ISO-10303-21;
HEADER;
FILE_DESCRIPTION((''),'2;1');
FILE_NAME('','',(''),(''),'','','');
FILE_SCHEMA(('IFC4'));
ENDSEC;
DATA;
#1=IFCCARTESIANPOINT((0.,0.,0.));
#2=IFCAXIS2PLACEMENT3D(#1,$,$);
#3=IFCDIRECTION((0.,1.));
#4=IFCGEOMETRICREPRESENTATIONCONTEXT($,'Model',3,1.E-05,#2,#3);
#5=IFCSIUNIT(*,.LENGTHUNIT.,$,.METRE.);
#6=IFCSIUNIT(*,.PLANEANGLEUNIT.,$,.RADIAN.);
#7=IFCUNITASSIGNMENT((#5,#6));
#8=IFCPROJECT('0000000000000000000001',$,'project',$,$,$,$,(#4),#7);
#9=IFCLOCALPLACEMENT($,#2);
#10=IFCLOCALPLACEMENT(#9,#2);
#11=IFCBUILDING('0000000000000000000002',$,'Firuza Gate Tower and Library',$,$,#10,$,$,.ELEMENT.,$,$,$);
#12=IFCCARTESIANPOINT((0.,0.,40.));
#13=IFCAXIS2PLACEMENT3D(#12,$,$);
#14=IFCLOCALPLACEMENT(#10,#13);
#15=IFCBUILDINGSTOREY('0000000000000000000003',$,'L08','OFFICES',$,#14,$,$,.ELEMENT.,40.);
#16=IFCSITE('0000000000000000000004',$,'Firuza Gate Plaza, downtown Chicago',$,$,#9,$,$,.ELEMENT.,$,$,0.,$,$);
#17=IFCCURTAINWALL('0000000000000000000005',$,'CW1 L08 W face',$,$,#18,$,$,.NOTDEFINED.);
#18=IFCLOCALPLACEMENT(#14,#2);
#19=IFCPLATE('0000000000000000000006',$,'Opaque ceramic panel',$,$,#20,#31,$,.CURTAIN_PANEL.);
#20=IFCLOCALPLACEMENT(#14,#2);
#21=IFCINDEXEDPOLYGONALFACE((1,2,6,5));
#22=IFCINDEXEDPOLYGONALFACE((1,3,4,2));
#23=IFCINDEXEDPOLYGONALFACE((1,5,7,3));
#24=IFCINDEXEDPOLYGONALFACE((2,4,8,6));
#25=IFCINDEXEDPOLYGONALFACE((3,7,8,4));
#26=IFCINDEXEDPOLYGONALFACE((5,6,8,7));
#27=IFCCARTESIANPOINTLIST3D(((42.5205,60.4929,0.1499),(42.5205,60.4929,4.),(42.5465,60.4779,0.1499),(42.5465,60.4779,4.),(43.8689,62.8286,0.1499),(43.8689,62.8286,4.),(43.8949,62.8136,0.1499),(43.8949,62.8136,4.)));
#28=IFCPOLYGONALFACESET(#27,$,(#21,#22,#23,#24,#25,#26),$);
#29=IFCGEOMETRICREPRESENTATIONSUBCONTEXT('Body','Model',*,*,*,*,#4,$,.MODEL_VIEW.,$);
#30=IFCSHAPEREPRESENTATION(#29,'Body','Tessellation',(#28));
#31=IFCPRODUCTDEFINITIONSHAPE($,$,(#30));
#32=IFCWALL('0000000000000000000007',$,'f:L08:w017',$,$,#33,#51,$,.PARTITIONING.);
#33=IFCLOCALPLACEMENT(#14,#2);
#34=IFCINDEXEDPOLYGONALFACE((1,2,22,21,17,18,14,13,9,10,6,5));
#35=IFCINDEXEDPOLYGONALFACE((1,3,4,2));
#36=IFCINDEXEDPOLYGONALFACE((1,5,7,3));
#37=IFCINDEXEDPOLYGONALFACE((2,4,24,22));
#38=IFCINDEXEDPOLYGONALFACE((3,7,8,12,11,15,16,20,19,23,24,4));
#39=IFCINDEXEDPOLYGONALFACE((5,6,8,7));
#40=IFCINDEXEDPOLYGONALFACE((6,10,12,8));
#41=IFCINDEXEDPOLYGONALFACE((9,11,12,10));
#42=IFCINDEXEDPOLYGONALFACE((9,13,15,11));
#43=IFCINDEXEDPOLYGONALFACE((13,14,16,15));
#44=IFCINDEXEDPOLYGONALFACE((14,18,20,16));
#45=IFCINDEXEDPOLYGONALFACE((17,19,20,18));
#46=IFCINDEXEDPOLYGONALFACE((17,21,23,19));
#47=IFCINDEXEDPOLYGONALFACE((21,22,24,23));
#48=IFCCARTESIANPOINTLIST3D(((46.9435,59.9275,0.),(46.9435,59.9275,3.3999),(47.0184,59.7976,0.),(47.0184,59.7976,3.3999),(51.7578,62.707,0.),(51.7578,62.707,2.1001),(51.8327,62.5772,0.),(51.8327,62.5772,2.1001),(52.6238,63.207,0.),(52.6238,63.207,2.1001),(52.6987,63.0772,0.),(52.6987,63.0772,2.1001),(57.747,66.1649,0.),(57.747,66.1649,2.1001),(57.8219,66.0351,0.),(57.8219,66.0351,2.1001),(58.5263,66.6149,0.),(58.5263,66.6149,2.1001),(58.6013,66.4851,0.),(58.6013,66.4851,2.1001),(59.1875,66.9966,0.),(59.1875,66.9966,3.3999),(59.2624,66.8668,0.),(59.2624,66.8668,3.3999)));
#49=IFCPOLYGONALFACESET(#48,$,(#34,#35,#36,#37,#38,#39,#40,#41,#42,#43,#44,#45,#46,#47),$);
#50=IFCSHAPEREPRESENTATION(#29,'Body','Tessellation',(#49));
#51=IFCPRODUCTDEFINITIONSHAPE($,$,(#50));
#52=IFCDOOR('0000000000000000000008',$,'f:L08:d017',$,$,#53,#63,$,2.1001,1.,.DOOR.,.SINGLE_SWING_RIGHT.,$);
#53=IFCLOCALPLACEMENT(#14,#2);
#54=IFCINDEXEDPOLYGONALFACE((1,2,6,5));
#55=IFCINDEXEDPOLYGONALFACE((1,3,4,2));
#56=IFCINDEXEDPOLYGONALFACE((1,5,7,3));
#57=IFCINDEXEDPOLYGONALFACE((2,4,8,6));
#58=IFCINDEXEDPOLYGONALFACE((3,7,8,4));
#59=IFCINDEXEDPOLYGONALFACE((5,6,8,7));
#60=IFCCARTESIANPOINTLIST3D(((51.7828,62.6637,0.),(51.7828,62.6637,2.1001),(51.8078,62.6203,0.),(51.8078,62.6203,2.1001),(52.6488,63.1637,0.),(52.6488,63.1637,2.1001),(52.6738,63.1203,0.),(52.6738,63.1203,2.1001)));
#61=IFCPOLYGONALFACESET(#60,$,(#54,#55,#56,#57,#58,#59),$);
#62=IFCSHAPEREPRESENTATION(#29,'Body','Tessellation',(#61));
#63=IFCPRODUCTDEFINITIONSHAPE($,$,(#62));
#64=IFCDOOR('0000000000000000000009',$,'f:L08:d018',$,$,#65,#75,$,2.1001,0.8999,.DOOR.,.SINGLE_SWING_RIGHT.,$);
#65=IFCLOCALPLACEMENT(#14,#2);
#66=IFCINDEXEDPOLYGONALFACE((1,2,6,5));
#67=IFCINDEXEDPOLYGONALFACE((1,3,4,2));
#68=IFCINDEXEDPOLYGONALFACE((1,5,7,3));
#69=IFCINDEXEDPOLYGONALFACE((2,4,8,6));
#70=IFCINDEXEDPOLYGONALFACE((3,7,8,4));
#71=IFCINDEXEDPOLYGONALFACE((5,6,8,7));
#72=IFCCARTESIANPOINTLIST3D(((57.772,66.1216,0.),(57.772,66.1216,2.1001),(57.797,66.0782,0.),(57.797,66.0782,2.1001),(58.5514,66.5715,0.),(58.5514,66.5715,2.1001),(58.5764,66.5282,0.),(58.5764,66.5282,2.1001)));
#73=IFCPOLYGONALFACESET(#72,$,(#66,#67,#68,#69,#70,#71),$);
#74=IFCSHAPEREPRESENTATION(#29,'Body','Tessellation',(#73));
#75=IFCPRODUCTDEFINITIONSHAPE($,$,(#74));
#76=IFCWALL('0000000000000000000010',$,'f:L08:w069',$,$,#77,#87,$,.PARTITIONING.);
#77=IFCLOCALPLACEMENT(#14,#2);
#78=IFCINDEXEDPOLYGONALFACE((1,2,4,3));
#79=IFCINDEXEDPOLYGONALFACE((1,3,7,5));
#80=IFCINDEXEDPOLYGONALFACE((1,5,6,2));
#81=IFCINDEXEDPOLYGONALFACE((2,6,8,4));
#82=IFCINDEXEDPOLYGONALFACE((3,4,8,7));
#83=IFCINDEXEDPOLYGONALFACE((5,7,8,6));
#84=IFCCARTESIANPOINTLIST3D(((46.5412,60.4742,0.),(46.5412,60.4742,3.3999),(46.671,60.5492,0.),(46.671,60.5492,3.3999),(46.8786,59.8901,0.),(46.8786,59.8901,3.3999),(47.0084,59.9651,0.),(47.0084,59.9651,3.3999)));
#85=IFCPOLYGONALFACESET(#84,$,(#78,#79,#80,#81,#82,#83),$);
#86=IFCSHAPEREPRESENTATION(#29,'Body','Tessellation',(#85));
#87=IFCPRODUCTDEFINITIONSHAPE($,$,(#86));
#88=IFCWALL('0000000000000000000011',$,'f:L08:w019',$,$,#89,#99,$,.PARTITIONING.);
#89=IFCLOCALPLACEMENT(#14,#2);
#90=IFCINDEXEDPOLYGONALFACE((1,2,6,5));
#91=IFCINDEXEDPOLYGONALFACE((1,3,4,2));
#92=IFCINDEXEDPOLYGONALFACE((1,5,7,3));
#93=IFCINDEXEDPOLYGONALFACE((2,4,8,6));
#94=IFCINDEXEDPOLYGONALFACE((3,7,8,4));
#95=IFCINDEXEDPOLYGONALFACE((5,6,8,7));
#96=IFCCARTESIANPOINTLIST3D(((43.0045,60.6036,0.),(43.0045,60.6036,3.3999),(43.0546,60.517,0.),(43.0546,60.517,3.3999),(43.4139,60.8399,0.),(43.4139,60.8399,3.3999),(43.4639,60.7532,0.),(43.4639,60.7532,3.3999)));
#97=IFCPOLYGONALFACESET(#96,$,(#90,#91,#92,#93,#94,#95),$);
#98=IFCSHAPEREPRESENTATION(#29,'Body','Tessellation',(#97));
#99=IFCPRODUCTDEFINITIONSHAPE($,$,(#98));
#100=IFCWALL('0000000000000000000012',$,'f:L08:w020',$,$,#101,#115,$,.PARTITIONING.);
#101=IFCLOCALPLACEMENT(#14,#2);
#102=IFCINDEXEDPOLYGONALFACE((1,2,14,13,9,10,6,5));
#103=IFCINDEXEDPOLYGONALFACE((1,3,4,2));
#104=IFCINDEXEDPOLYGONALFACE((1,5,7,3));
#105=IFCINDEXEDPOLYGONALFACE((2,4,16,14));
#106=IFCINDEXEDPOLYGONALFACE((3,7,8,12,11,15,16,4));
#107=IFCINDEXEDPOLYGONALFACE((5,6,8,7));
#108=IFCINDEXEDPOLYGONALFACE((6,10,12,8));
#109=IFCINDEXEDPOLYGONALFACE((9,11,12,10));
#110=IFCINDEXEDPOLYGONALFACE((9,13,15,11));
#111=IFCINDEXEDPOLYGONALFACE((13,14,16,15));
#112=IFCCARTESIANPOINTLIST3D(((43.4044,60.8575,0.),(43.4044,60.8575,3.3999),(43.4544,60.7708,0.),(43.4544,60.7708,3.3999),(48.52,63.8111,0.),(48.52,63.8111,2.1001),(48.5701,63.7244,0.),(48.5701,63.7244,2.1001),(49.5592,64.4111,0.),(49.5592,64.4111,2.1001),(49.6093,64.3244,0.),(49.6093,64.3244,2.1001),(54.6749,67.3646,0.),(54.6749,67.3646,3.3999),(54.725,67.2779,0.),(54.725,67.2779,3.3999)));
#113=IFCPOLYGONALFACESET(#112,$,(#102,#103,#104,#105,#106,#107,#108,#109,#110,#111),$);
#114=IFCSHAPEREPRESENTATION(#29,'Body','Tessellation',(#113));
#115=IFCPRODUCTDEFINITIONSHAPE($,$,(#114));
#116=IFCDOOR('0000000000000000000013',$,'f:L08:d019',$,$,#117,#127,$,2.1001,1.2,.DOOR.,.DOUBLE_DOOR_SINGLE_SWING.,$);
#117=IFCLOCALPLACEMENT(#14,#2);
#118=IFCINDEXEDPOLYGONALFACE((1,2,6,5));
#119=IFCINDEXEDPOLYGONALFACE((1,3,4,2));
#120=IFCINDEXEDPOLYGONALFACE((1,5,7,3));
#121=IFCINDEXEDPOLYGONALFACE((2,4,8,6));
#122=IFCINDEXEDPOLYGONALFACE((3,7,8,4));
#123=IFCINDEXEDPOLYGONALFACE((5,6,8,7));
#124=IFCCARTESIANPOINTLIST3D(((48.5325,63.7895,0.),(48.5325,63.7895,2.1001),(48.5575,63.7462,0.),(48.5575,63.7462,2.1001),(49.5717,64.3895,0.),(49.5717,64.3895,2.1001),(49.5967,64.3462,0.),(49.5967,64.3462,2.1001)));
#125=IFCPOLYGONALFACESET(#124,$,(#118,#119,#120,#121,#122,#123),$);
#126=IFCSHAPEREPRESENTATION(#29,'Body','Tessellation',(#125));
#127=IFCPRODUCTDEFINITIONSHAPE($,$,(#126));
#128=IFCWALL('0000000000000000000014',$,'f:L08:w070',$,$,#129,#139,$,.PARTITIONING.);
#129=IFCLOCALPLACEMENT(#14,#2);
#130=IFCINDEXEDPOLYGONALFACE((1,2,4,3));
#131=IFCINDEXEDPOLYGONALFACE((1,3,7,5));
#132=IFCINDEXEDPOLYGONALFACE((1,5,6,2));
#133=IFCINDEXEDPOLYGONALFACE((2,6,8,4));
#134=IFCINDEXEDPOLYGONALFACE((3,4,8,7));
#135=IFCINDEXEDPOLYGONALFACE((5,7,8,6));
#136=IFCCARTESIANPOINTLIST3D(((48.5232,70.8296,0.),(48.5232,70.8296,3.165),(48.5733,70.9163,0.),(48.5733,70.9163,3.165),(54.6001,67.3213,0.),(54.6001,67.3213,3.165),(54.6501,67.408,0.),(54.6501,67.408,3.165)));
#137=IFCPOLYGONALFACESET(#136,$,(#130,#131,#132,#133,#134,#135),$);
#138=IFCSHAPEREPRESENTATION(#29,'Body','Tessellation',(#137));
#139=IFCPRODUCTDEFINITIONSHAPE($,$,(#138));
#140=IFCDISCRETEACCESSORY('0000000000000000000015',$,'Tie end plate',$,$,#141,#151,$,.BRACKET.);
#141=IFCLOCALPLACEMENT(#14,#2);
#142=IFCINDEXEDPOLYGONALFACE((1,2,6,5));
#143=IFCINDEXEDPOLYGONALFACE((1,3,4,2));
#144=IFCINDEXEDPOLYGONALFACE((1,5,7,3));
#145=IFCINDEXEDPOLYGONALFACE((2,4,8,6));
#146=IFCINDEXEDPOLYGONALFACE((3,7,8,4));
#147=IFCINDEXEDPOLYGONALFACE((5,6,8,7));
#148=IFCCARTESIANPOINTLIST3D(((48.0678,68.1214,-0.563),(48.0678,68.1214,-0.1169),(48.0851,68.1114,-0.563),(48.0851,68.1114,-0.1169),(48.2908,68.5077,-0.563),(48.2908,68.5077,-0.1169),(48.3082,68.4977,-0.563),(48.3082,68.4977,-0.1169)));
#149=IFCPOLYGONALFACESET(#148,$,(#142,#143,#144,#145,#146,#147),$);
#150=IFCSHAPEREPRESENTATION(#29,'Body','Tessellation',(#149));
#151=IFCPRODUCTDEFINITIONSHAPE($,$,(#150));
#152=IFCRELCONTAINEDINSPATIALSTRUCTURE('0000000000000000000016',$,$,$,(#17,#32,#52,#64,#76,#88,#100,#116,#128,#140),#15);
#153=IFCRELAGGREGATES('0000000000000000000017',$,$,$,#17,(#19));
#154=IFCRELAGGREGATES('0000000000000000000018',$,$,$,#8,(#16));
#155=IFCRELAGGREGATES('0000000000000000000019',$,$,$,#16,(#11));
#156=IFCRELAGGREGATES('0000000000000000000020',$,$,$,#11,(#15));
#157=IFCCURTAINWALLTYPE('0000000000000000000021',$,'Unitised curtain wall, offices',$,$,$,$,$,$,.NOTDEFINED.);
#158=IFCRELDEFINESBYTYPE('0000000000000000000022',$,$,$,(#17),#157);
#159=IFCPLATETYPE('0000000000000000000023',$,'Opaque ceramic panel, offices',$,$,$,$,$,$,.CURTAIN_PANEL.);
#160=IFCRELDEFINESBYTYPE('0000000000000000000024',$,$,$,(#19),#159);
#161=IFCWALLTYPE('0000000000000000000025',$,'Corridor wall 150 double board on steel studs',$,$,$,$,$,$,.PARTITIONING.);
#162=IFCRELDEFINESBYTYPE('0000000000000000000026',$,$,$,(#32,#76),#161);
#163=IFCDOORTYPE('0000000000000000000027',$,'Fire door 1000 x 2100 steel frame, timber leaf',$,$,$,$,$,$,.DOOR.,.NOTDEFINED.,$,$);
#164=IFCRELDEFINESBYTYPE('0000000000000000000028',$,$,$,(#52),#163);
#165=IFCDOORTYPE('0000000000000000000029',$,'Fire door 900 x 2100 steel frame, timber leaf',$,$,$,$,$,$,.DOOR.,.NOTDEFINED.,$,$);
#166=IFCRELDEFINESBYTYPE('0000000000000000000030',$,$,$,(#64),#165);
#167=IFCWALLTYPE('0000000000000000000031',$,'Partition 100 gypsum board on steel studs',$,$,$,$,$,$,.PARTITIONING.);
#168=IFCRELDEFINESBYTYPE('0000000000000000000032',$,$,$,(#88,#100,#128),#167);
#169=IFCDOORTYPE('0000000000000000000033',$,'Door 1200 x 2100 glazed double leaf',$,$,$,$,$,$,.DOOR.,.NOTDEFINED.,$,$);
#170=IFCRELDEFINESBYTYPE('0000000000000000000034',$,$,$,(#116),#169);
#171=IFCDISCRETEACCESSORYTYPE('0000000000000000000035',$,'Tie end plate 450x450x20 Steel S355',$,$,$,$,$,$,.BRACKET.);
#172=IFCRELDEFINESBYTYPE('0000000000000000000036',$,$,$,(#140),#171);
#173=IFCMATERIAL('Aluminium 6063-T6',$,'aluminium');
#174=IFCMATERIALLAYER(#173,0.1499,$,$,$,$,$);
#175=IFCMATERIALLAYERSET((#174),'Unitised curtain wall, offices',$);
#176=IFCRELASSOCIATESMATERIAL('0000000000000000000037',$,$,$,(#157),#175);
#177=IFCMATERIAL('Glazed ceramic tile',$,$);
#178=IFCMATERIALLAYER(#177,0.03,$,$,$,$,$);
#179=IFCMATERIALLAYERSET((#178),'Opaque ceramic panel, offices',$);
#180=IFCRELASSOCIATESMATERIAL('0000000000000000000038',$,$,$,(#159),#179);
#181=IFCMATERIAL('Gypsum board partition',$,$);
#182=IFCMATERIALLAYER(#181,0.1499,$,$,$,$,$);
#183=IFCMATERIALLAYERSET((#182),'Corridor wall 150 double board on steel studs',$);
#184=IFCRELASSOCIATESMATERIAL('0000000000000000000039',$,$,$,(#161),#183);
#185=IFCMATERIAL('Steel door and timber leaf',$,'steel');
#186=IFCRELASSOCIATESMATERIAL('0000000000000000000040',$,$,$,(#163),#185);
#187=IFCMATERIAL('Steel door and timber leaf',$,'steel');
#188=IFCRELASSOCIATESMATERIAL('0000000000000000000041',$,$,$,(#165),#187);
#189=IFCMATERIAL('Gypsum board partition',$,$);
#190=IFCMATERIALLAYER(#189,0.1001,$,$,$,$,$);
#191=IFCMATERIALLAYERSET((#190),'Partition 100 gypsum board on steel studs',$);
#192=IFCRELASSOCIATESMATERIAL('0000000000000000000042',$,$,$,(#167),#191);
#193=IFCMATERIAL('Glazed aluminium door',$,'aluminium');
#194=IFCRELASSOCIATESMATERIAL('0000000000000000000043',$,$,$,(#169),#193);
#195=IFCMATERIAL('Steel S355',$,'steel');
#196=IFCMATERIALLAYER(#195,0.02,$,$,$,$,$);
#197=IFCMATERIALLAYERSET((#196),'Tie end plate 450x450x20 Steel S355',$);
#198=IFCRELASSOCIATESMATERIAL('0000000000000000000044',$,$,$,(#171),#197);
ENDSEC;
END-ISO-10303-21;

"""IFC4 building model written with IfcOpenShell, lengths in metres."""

from ifc_helpers import new_model, si_unit, direction, frame, frame_2d, origin, origin_2d, place, context, subcontext, project, spatial, polyline, rectangle, outline, extrude, material, layer, layer_set, type_object, element, fill, aggregate, save


model = new_model("IFC4")

# Units and contexts
model_context = context("Model", 3, precision=1e-05, world=origin(), true_north=direction((0.0, 1.0)))
body_context = subcontext(model_context, "Body", "Model", "MODEL_VIEW")
ifc_project = project(units=[si_unit("LENGTHUNIT", "METRE"), si_unit("PLANEANGLEUNIT", "RADIAN")], contexts=[model_context])

# Site, building, storey
site_placement = place(None, origin())
site = spatial("IfcSite", under=ifc_project, at=site_placement, Name="Firuza Gate Plaza, downtown Chicago", CompositionType="ELEMENT", RefElevation=0.0)
building_placement = place(site_placement, origin())
building = spatial("IfcBuilding", under=site, at=building_placement, Name="Firuza Gate Tower and Library", CompositionType="ELEMENT")
storey_placement = place(building_placement, frame((0.0, 0.0, 40.0)))
storey = spatial("IfcBuildingStorey", under=building, at=storey_placement, Name="L08", Description="OFFICES", CompositionType="ELEMENT", Elevation=40.0)

# Curtain wall
ifc_material_1 = material(Name="Aluminium 6063-T6", Category="aluminium")
ifc_layer_1 = layer(ifc_material_1, 0.1499)
ifc_layer_set_1 = layer_set([ifc_layer_1], Name="Unitised curtain wall, offices")
curtain_wall_type_1 = type_object("IfcCurtainWallType", Name="Unitised curtain wall, offices", PredefinedType="NOTDEFINED", material=ifc_layer_set_1)
placement = place(storey_placement, origin())
curtain_wall_1 = element("IfcCurtainWall", 1, at=placement, inside=storey, type_object=curtain_wall_type_1, Name="CW1 L08 W face", PredefinedType="NOTDEFINED")

# Plate
ifc_material_2 = material(Name="Glazed ceramic tile")
ifc_layer_2 = layer(ifc_material_2, 0.03)
ifc_layer_set_2 = layer_set([ifc_layer_2], Name="Opaque ceramic panel, offices")
plate_type_1 = type_object("IfcPlateType", Name="Opaque ceramic panel, offices", PredefinedType="CURTAIN_PANEL", material=ifc_layer_set_2)
plate_1_placement = place(storey_placement, frame((43.8689, 62.8286, 0.1499), z_axis=(-0.866045, 0.499965, 0.0), x_axis=(-0.499965, -0.866045, 0.0)))
plate_1 = element("IfcPlate", 2, at=plate_1_placement, type_object=plate_type_1, Name="Opaque ceramic panel", PredefinedType="CURTAIN_PANEL", context=body_context, shape_type="SweptSolid", body=[
    extrude(outline(polyline([(0.0, 0.0), (2.697, 0.0), (2.697, 3.8501), (0.0, 3.8501), (0.0, 0.0)])), origin(), (0.0, 0.0, -1.0), 0.03),
])
aggregate(curtain_wall_1, [plate_1])

# Wall, openings, doors
ifc_material_3 = material(Name="Gypsum board partition")
ifc_layer_3 = layer(ifc_material_3, 0.1499)
ifc_layer_set_3 = layer_set([ifc_layer_3], Name="Corridor wall 150 double board on steel studs")
wall_type_1 = type_object("IfcWallType", Name="Corridor wall 150 double board on steel studs", PredefinedType="PARTITIONING", material=ifc_layer_set_3)
wall_1_placement = place(storey_placement, frame((46.981, 59.8625, 0.0), z_axis=(0.0, 0.0, 1.0), x_axis=(0.866023, 0.500004, 0.0)))
wall_1 = element("IfcWall", 3, at=wall_1_placement, inside=storey, type_object=wall_type_1, Name="f:L08:w017", PredefinedType="PARTITIONING", context=body_context, shape_type="SweptSolid", body=[
    extrude(rectangle(XDim=14.1382, YDim=0.1499, at=frame_2d((7.0691, 0.0))), origin(), (0.0, 0.0, 1.0), 3.3999),
])
opening_1_placement = place(wall_1_placement, frame((5.5591, 0.0, 0.0)))
opening_1 = element("IfcOpeningElement", 4, at=opening_1_placement, cuts=wall_1, PredefinedType="OPENING", context=body_context, shape_type="SweptSolid", body=[
    extrude(rectangle(XDim=1.0, YDim=2.1001, at=frame_2d((0.5, 1.05))), frame((0.0, 0.085, 0.0), z_axis=(0.0, -1.0, 0.0), x_axis=(1.0, 0.0, 0.0)), (0.0, 0.0, 1.0), 0.1699),
])
opening_2_placement = place(wall_1_placement, frame((12.4749, 0.0, 0.0)))
opening_2 = element("IfcOpeningElement", 5, at=opening_2_placement, cuts=wall_1, PredefinedType="OPENING", context=body_context, shape_type="SweptSolid", body=[
    extrude(rectangle(XDim=0.8999, YDim=2.1001, at=frame_2d((0.45, 1.05))), frame((0.0, 0.085, 0.0), z_axis=(0.0, -1.0, 0.0), x_axis=(1.0, 0.0, 0.0)), (0.0, 0.0, 1.0), 0.1699),
])
ifc_material_4 = material(Name="Steel door and timber leaf", Category="steel")
door_type_1 = type_object("IfcDoorType", Name="Fire door 1000 x 2100 steel frame, timber leaf", OperationType="NOTDEFINED", PredefinedType="DOOR", material=ifc_material_4)
door_1_placement = place(opening_1_placement, origin())
door_1 = element("IfcDoor", 6, at=door_1_placement, inside=storey, type_object=door_type_1, Name="f:L08:d017", OperationType="SINGLE_SWING_RIGHT", OverallHeight=2.1001, OverallWidth=1.0, PredefinedType="DOOR", context=body_context, shape_type="SweptSolid", body=[
    extrude(rectangle(XDim=1.0, YDim=2.1001, at=frame_2d((0.5, 1.05))), frame((0.0, 0.0249, 0.0), z_axis=(0.0, -1.0, 0.0), x_axis=(1.0, 0.0, 0.0)), (0.0, 0.0, 1.0), 0.05),
])
fill(opening_1, door_1)
ifc_material_5 = material(Name="Steel door and timber leaf", Category="steel")
door_type_2 = type_object("IfcDoorType", Name="Fire door 900 x 2100 steel frame, timber leaf", OperationType="NOTDEFINED", PredefinedType="DOOR", material=ifc_material_5)
door_2_placement = place(opening_2_placement, origin())
door_2 = element("IfcDoor", 7, at=door_2_placement, inside=storey, type_object=door_type_2, Name="f:L08:d018", OperationType="SINGLE_SWING_RIGHT", OverallHeight=2.1001, OverallWidth=0.8999, PredefinedType="DOOR", context=body_context, shape_type="SweptSolid", body=[
    extrude(rectangle(XDim=0.8999, YDim=2.1001, at=frame_2d((0.45, 1.05))), frame((0.0, 0.0249, 0.0), z_axis=(0.0, -1.0, 0.0), x_axis=(1.0, 0.0, 0.0)), (0.0, 0.0, 1.0), 0.05),
])
fill(opening_2, door_2)

# Walls
wall_2_placement = place(storey_placement, frame((46.9436, 59.9275, 0.0), z_axis=(0.0, 0.0, 1.0), x_axis=(-0.500266, 0.865872, 0.0)))
element("IfcWall", 8, at=wall_2_placement, inside=storey, type_object=wall_type_1, Name="f:L08:w069", PredefinedType="PARTITIONING", context=body_context, shape_type="SweptSolid", body=[
    extrude(rectangle(XDim=0.6746, YDim=0.1499, at=frame_2d((0.3374, 0.0))), origin(), (0.0, 0.0, 1.0), 3.3999),
])
ifc_material_6 = material(Name="Gypsum board partition")
ifc_layer_4 = layer(ifc_material_6, 0.1001)
ifc_layer_set_4 = layer_set([ifc_layer_4], Name="Partition 100 gypsum board on steel studs")
wall_type_2 = type_object("IfcWallType", Name="Partition 100 gypsum board on steel studs", PredefinedType="PARTITIONING", material=ifc_layer_set_4)
wall_3_placement = place(storey_placement, frame((43.0295, 60.5603, 0.0), z_axis=(0.0, 0.0, 1.0), x_axis=(0.866074, 0.499916, 0.0)))
element("IfcWall", 9, at=wall_3_placement, inside=storey, type_object=wall_type_2, Name="f:L08:w019", PredefinedType="PARTITIONING", context=body_context, shape_type="SweptSolid", body=[
    extrude(rectangle(XDim=0.4727, YDim=0.1001, at=frame_2d((0.2363, 0.0))), origin(), (0.0, 0.0, 1.0), 3.3999),
])

# Wall, opening, door
wall_4_placement = place(storey_placement, frame((54.7, 67.3213, 0.0), z_axis=(0.0, 0.0, 1.0), x_axis=(-0.866024, -0.500003, 0.0)))
wall_4 = element("IfcWall", 10, at=wall_4_placement, inside=storey, type_object=wall_type_2, Name="f:L08:w020", PredefinedType="PARTITIONING", context=body_context, shape_type="SweptSolid", body=[
    extrude(rectangle(XDim=13.0142, YDim=0.1001, at=frame_2d((6.5071, 0.0))), origin(), (0.0, 0.0, 1.0), 3.3999),
])
opening_3_placement = place(wall_4_placement, frame((5.907, 0.0, 0.0)))
opening_3 = element("IfcOpeningElement", 11, at=opening_3_placement, cuts=wall_4, PredefinedType="OPENING", context=body_context, shape_type="SweptSolid", body=[
    extrude(rectangle(XDim=1.2, YDim=2.1001, at=frame_2d((0.6001, 1.05))), frame((0.0, 0.0601, 0.0), z_axis=(0.0, -1.0, 0.0), x_axis=(1.0, 0.0, 0.0)), (0.0, 0.0, 1.0), 0.1201),
])
ifc_material_7 = material(Name="Glazed aluminium door", Category="aluminium")
door_type_3 = type_object("IfcDoorType", Name="Door 1200 x 2100 glazed double leaf", OperationType="NOTDEFINED", PredefinedType="DOOR", material=ifc_material_7)
door_3_placement = place(opening_3_placement, origin())
door_3 = element("IfcDoor", 12, at=door_3_placement, inside=storey, type_object=door_type_3, Name="f:L08:d019", OperationType="DOUBLE_DOOR_SINGLE_SWING", OverallHeight=2.1001, OverallWidth=1.2, PredefinedType="DOOR", context=body_context, shape_type="SweptSolid", body=[
    extrude(rectangle(XDim=1.2, YDim=2.1001, at=frame_2d((0.6001, 1.05))), frame((0.0, 0.0249, 0.0), z_axis=(0.0, -1.0, 0.0), x_axis=(1.0, 0.0, 0.0)), (0.0, 0.0, 1.0), 0.05),
])
fill(opening_3, door_3)

# Wall
wall_5_placement = place(storey_placement, frame((54.625, 67.3647, 0.0), z_axis=(0.0, 0.0, 1.0), x_axis=(-0.866038, 0.499978, 0.0)))
element("IfcWall", 13, at=wall_5_placement, inside=storey, type_object=wall_type_2, Name="f:L08:w070", PredefinedType="PARTITIONING", context=body_context, shape_type="SweptSolid", body=[
    extrude(rectangle(XDim=7.0168, YDim=0.1001, at=frame_2d((3.5083, 0.0))), origin(), (0.0, 0.0, 1.0), 3.165),
])

# Discrete accessory
ifc_material_8 = material(Name="Steel S355", Category="steel")
ifc_layer_5 = layer(ifc_material_8, 0.02)
ifc_layer_set_5 = layer_set([ifc_layer_5], Name="Tie end plate 450x450x20 Steel S355")
discrete_accessory_type = type_object("IfcDiscreteAccessoryType", Name="Tie end plate 450x450x20 Steel S355", PredefinedType="BRACKET", material=ifc_layer_set_5)
discrete_accessory_placement = place(storey_placement, frame((48.188, 68.3096, -0.563), z_axis=(0.0, 0.0, 1.0), x_axis=(0.866025, -0.5, 0.0)))
element("IfcDiscreteAccessory", 14, at=discrete_accessory_placement, inside=storey, type_object=discrete_accessory_type, Name="Tie end plate", PredefinedType="BRACKET", context=body_context, shape_type="SweptSolid", body=[
    extrude(rectangle(XDim=0.02, YDim=0.446, at=origin_2d()), origin(), (0.0, 0.0, 1.0), 0.446),
])

save(model, "model.ifc")
